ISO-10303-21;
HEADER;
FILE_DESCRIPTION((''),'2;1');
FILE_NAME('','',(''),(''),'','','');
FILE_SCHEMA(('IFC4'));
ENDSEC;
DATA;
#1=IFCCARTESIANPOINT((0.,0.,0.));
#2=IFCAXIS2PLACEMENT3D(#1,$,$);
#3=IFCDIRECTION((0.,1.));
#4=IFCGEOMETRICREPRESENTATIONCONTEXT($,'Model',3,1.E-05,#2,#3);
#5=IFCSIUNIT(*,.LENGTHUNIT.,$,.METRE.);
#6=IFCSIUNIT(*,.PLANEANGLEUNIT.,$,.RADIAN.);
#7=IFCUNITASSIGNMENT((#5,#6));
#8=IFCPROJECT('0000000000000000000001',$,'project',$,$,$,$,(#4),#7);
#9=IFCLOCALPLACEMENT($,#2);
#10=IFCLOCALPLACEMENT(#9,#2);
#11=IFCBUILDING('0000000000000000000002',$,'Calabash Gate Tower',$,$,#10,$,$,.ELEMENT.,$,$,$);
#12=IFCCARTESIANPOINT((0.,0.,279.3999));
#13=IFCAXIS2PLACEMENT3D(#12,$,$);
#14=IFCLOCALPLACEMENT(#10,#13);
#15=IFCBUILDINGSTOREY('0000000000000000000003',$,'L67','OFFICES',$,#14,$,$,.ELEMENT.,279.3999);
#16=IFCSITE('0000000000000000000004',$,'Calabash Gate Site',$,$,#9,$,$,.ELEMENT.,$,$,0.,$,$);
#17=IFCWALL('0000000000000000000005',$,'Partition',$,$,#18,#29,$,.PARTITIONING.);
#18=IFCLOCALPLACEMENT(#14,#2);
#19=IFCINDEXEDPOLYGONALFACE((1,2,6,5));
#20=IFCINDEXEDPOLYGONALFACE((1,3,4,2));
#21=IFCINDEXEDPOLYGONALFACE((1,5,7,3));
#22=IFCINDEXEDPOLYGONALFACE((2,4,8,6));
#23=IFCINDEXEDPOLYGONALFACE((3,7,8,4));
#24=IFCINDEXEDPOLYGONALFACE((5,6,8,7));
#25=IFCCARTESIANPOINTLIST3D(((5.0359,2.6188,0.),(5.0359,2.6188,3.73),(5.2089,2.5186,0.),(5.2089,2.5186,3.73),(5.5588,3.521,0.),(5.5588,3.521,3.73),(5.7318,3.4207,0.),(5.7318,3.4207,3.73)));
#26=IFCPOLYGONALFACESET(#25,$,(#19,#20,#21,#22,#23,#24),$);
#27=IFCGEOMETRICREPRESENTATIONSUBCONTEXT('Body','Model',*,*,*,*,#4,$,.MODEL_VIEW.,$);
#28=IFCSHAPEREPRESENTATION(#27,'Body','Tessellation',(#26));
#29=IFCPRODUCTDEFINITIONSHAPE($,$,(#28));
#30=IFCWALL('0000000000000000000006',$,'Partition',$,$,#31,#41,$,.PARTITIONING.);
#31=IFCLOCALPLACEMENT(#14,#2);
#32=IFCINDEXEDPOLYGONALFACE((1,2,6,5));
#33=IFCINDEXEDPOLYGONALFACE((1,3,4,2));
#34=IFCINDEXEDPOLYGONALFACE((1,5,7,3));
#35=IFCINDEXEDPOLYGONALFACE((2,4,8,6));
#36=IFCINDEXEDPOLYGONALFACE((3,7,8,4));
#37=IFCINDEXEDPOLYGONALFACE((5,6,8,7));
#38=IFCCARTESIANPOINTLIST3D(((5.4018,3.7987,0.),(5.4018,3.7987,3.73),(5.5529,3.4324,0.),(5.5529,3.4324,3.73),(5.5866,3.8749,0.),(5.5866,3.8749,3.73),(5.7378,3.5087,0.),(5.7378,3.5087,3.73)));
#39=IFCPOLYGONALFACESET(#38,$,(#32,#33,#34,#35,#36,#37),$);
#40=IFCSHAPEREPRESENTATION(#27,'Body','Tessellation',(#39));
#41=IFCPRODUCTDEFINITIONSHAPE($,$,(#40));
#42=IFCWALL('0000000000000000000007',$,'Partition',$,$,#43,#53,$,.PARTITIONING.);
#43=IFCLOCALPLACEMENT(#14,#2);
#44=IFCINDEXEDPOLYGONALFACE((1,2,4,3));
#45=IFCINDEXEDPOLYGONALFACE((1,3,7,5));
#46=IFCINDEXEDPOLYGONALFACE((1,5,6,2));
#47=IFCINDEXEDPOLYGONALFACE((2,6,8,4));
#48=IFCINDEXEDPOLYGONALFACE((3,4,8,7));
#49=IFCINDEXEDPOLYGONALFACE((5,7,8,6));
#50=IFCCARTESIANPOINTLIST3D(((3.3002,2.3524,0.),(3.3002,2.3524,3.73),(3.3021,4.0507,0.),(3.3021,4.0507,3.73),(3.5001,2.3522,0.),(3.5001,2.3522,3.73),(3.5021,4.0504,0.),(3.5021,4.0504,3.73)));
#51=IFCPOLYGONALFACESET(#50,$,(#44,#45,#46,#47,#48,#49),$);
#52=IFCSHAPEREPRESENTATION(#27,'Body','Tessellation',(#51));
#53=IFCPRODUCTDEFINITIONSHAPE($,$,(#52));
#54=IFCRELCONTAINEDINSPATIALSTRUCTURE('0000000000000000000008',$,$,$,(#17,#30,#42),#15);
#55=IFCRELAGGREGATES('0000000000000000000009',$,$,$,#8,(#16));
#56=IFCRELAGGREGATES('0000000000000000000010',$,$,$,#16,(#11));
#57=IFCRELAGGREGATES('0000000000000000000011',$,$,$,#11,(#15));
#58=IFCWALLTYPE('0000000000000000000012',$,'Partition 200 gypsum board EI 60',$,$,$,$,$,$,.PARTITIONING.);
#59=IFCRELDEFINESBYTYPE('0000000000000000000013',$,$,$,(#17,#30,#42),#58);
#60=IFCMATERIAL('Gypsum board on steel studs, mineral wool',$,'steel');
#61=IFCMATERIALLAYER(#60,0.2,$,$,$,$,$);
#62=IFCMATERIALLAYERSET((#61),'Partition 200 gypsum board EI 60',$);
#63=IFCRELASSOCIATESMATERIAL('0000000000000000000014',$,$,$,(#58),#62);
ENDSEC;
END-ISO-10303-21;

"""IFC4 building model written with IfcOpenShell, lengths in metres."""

from ifc_helpers import new_model, si_unit, direction, frame, frame_2d, origin, place, context, subcontext, project, spatial, rectangle, extrude, material, layer, layer_set, type_object, element, save


model = new_model("IFC4")

# Units and contexts
model_context = context("Model", 3, precision=1e-05, world=origin(), true_north=direction((0.0, 1.0)))
body_context = subcontext(model_context, "Body", "Model", "MODEL_VIEW")
ifc_project = project(units=[si_unit("LENGTHUNIT", "METRE"), si_unit("PLANEANGLEUNIT", "RADIAN")], contexts=[model_context])

# Site, building, storey
site_placement = place(None, origin())
site = spatial("IfcSite", under=ifc_project, at=site_placement, Name="Calabash Gate Site", CompositionType="ELEMENT", RefElevation=0.0)
building_placement = place(site_placement, origin())
building = spatial("IfcBuilding", under=site, at=building_placement, Name="Calabash Gate Tower", CompositionType="ELEMENT")
storey_placement = place(building_placement, frame((0.0, 0.0, 279.3999)))
storey = spatial("IfcBuildingStorey", under=building, at=storey_placement, Name="L67", Description="OFFICES", CompositionType="ELEMENT", Elevation=279.3999)

# Walls
ifc_material_1 = material(Name="Gypsum board on steel studs, mineral wool", Category="steel")
ifc_layer_1 = layer(ifc_material_1, 0.2)
ifc_layer_set_1 = layer_set([ifc_layer_1], Name="Partition 200 gypsum board EI 60")
wall_type_1 = type_object("IfcWallType", Name="Partition 200 gypsum board EI 60", PredefinedType="PARTITIONING", material=ifc_layer_set_1)
wall_1_placement = place(storey_placement, frame((5.1223, 2.5686, 0.0), z_axis=(0.0, 0.0, 1.0), x_axis=(0.501525, 0.865143, 0.0)))
element("IfcWall", 1, at=wall_1_placement, inside=storey, type_object=wall_type_1, Name="Partition", PredefinedType="PARTITIONING", context=body_context, shape_type="SweptSolid", body=[
    extrude(rectangle(XDim=1.0427, YDim=0.2, at=frame_2d((0.5215, 0.0))), origin(), (0.0, 0.0, 1.0), 3.73),
])
wall_2_placement = place(storey_placement, frame((5.4941, 3.8369, 0.0), z_axis=(0.0, 0.0, 1.0), x_axis=(0.381463, -0.924384, 0.0)))
element("IfcWall", 2, at=wall_2_placement, inside=storey, type_object=wall_type_1, Name="Partition", PredefinedType="PARTITIONING", context=body_context, shape_type="SweptSolid", body=[
    extrude(rectangle(XDim=0.3962, YDim=0.2, at=frame_2d((0.1982, 0.0))), origin(), (0.0, 0.0, 1.0), 3.73),
])

# Wall
wall_3_placement = place(storey_placement, frame((3.4001, 2.3523, 0.0), z_axis=(0.0, 0.0, 1.0), x_axis=(0.00115, 0.999999, 0.0)))
element("IfcWall", 3, at=wall_3_placement, inside=storey, type_object=wall_type_1, Name="Partition", PredefinedType="PARTITIONING", context=body_context, shape_type="SweptSolid", body=[
    extrude(rectangle(XDim=1.6982, YDim=0.2, at=frame_2d((0.8491, 0.0))), origin(), (0.0, 0.0, 1.0), 3.73),
])

save(model, "model.ifc")
